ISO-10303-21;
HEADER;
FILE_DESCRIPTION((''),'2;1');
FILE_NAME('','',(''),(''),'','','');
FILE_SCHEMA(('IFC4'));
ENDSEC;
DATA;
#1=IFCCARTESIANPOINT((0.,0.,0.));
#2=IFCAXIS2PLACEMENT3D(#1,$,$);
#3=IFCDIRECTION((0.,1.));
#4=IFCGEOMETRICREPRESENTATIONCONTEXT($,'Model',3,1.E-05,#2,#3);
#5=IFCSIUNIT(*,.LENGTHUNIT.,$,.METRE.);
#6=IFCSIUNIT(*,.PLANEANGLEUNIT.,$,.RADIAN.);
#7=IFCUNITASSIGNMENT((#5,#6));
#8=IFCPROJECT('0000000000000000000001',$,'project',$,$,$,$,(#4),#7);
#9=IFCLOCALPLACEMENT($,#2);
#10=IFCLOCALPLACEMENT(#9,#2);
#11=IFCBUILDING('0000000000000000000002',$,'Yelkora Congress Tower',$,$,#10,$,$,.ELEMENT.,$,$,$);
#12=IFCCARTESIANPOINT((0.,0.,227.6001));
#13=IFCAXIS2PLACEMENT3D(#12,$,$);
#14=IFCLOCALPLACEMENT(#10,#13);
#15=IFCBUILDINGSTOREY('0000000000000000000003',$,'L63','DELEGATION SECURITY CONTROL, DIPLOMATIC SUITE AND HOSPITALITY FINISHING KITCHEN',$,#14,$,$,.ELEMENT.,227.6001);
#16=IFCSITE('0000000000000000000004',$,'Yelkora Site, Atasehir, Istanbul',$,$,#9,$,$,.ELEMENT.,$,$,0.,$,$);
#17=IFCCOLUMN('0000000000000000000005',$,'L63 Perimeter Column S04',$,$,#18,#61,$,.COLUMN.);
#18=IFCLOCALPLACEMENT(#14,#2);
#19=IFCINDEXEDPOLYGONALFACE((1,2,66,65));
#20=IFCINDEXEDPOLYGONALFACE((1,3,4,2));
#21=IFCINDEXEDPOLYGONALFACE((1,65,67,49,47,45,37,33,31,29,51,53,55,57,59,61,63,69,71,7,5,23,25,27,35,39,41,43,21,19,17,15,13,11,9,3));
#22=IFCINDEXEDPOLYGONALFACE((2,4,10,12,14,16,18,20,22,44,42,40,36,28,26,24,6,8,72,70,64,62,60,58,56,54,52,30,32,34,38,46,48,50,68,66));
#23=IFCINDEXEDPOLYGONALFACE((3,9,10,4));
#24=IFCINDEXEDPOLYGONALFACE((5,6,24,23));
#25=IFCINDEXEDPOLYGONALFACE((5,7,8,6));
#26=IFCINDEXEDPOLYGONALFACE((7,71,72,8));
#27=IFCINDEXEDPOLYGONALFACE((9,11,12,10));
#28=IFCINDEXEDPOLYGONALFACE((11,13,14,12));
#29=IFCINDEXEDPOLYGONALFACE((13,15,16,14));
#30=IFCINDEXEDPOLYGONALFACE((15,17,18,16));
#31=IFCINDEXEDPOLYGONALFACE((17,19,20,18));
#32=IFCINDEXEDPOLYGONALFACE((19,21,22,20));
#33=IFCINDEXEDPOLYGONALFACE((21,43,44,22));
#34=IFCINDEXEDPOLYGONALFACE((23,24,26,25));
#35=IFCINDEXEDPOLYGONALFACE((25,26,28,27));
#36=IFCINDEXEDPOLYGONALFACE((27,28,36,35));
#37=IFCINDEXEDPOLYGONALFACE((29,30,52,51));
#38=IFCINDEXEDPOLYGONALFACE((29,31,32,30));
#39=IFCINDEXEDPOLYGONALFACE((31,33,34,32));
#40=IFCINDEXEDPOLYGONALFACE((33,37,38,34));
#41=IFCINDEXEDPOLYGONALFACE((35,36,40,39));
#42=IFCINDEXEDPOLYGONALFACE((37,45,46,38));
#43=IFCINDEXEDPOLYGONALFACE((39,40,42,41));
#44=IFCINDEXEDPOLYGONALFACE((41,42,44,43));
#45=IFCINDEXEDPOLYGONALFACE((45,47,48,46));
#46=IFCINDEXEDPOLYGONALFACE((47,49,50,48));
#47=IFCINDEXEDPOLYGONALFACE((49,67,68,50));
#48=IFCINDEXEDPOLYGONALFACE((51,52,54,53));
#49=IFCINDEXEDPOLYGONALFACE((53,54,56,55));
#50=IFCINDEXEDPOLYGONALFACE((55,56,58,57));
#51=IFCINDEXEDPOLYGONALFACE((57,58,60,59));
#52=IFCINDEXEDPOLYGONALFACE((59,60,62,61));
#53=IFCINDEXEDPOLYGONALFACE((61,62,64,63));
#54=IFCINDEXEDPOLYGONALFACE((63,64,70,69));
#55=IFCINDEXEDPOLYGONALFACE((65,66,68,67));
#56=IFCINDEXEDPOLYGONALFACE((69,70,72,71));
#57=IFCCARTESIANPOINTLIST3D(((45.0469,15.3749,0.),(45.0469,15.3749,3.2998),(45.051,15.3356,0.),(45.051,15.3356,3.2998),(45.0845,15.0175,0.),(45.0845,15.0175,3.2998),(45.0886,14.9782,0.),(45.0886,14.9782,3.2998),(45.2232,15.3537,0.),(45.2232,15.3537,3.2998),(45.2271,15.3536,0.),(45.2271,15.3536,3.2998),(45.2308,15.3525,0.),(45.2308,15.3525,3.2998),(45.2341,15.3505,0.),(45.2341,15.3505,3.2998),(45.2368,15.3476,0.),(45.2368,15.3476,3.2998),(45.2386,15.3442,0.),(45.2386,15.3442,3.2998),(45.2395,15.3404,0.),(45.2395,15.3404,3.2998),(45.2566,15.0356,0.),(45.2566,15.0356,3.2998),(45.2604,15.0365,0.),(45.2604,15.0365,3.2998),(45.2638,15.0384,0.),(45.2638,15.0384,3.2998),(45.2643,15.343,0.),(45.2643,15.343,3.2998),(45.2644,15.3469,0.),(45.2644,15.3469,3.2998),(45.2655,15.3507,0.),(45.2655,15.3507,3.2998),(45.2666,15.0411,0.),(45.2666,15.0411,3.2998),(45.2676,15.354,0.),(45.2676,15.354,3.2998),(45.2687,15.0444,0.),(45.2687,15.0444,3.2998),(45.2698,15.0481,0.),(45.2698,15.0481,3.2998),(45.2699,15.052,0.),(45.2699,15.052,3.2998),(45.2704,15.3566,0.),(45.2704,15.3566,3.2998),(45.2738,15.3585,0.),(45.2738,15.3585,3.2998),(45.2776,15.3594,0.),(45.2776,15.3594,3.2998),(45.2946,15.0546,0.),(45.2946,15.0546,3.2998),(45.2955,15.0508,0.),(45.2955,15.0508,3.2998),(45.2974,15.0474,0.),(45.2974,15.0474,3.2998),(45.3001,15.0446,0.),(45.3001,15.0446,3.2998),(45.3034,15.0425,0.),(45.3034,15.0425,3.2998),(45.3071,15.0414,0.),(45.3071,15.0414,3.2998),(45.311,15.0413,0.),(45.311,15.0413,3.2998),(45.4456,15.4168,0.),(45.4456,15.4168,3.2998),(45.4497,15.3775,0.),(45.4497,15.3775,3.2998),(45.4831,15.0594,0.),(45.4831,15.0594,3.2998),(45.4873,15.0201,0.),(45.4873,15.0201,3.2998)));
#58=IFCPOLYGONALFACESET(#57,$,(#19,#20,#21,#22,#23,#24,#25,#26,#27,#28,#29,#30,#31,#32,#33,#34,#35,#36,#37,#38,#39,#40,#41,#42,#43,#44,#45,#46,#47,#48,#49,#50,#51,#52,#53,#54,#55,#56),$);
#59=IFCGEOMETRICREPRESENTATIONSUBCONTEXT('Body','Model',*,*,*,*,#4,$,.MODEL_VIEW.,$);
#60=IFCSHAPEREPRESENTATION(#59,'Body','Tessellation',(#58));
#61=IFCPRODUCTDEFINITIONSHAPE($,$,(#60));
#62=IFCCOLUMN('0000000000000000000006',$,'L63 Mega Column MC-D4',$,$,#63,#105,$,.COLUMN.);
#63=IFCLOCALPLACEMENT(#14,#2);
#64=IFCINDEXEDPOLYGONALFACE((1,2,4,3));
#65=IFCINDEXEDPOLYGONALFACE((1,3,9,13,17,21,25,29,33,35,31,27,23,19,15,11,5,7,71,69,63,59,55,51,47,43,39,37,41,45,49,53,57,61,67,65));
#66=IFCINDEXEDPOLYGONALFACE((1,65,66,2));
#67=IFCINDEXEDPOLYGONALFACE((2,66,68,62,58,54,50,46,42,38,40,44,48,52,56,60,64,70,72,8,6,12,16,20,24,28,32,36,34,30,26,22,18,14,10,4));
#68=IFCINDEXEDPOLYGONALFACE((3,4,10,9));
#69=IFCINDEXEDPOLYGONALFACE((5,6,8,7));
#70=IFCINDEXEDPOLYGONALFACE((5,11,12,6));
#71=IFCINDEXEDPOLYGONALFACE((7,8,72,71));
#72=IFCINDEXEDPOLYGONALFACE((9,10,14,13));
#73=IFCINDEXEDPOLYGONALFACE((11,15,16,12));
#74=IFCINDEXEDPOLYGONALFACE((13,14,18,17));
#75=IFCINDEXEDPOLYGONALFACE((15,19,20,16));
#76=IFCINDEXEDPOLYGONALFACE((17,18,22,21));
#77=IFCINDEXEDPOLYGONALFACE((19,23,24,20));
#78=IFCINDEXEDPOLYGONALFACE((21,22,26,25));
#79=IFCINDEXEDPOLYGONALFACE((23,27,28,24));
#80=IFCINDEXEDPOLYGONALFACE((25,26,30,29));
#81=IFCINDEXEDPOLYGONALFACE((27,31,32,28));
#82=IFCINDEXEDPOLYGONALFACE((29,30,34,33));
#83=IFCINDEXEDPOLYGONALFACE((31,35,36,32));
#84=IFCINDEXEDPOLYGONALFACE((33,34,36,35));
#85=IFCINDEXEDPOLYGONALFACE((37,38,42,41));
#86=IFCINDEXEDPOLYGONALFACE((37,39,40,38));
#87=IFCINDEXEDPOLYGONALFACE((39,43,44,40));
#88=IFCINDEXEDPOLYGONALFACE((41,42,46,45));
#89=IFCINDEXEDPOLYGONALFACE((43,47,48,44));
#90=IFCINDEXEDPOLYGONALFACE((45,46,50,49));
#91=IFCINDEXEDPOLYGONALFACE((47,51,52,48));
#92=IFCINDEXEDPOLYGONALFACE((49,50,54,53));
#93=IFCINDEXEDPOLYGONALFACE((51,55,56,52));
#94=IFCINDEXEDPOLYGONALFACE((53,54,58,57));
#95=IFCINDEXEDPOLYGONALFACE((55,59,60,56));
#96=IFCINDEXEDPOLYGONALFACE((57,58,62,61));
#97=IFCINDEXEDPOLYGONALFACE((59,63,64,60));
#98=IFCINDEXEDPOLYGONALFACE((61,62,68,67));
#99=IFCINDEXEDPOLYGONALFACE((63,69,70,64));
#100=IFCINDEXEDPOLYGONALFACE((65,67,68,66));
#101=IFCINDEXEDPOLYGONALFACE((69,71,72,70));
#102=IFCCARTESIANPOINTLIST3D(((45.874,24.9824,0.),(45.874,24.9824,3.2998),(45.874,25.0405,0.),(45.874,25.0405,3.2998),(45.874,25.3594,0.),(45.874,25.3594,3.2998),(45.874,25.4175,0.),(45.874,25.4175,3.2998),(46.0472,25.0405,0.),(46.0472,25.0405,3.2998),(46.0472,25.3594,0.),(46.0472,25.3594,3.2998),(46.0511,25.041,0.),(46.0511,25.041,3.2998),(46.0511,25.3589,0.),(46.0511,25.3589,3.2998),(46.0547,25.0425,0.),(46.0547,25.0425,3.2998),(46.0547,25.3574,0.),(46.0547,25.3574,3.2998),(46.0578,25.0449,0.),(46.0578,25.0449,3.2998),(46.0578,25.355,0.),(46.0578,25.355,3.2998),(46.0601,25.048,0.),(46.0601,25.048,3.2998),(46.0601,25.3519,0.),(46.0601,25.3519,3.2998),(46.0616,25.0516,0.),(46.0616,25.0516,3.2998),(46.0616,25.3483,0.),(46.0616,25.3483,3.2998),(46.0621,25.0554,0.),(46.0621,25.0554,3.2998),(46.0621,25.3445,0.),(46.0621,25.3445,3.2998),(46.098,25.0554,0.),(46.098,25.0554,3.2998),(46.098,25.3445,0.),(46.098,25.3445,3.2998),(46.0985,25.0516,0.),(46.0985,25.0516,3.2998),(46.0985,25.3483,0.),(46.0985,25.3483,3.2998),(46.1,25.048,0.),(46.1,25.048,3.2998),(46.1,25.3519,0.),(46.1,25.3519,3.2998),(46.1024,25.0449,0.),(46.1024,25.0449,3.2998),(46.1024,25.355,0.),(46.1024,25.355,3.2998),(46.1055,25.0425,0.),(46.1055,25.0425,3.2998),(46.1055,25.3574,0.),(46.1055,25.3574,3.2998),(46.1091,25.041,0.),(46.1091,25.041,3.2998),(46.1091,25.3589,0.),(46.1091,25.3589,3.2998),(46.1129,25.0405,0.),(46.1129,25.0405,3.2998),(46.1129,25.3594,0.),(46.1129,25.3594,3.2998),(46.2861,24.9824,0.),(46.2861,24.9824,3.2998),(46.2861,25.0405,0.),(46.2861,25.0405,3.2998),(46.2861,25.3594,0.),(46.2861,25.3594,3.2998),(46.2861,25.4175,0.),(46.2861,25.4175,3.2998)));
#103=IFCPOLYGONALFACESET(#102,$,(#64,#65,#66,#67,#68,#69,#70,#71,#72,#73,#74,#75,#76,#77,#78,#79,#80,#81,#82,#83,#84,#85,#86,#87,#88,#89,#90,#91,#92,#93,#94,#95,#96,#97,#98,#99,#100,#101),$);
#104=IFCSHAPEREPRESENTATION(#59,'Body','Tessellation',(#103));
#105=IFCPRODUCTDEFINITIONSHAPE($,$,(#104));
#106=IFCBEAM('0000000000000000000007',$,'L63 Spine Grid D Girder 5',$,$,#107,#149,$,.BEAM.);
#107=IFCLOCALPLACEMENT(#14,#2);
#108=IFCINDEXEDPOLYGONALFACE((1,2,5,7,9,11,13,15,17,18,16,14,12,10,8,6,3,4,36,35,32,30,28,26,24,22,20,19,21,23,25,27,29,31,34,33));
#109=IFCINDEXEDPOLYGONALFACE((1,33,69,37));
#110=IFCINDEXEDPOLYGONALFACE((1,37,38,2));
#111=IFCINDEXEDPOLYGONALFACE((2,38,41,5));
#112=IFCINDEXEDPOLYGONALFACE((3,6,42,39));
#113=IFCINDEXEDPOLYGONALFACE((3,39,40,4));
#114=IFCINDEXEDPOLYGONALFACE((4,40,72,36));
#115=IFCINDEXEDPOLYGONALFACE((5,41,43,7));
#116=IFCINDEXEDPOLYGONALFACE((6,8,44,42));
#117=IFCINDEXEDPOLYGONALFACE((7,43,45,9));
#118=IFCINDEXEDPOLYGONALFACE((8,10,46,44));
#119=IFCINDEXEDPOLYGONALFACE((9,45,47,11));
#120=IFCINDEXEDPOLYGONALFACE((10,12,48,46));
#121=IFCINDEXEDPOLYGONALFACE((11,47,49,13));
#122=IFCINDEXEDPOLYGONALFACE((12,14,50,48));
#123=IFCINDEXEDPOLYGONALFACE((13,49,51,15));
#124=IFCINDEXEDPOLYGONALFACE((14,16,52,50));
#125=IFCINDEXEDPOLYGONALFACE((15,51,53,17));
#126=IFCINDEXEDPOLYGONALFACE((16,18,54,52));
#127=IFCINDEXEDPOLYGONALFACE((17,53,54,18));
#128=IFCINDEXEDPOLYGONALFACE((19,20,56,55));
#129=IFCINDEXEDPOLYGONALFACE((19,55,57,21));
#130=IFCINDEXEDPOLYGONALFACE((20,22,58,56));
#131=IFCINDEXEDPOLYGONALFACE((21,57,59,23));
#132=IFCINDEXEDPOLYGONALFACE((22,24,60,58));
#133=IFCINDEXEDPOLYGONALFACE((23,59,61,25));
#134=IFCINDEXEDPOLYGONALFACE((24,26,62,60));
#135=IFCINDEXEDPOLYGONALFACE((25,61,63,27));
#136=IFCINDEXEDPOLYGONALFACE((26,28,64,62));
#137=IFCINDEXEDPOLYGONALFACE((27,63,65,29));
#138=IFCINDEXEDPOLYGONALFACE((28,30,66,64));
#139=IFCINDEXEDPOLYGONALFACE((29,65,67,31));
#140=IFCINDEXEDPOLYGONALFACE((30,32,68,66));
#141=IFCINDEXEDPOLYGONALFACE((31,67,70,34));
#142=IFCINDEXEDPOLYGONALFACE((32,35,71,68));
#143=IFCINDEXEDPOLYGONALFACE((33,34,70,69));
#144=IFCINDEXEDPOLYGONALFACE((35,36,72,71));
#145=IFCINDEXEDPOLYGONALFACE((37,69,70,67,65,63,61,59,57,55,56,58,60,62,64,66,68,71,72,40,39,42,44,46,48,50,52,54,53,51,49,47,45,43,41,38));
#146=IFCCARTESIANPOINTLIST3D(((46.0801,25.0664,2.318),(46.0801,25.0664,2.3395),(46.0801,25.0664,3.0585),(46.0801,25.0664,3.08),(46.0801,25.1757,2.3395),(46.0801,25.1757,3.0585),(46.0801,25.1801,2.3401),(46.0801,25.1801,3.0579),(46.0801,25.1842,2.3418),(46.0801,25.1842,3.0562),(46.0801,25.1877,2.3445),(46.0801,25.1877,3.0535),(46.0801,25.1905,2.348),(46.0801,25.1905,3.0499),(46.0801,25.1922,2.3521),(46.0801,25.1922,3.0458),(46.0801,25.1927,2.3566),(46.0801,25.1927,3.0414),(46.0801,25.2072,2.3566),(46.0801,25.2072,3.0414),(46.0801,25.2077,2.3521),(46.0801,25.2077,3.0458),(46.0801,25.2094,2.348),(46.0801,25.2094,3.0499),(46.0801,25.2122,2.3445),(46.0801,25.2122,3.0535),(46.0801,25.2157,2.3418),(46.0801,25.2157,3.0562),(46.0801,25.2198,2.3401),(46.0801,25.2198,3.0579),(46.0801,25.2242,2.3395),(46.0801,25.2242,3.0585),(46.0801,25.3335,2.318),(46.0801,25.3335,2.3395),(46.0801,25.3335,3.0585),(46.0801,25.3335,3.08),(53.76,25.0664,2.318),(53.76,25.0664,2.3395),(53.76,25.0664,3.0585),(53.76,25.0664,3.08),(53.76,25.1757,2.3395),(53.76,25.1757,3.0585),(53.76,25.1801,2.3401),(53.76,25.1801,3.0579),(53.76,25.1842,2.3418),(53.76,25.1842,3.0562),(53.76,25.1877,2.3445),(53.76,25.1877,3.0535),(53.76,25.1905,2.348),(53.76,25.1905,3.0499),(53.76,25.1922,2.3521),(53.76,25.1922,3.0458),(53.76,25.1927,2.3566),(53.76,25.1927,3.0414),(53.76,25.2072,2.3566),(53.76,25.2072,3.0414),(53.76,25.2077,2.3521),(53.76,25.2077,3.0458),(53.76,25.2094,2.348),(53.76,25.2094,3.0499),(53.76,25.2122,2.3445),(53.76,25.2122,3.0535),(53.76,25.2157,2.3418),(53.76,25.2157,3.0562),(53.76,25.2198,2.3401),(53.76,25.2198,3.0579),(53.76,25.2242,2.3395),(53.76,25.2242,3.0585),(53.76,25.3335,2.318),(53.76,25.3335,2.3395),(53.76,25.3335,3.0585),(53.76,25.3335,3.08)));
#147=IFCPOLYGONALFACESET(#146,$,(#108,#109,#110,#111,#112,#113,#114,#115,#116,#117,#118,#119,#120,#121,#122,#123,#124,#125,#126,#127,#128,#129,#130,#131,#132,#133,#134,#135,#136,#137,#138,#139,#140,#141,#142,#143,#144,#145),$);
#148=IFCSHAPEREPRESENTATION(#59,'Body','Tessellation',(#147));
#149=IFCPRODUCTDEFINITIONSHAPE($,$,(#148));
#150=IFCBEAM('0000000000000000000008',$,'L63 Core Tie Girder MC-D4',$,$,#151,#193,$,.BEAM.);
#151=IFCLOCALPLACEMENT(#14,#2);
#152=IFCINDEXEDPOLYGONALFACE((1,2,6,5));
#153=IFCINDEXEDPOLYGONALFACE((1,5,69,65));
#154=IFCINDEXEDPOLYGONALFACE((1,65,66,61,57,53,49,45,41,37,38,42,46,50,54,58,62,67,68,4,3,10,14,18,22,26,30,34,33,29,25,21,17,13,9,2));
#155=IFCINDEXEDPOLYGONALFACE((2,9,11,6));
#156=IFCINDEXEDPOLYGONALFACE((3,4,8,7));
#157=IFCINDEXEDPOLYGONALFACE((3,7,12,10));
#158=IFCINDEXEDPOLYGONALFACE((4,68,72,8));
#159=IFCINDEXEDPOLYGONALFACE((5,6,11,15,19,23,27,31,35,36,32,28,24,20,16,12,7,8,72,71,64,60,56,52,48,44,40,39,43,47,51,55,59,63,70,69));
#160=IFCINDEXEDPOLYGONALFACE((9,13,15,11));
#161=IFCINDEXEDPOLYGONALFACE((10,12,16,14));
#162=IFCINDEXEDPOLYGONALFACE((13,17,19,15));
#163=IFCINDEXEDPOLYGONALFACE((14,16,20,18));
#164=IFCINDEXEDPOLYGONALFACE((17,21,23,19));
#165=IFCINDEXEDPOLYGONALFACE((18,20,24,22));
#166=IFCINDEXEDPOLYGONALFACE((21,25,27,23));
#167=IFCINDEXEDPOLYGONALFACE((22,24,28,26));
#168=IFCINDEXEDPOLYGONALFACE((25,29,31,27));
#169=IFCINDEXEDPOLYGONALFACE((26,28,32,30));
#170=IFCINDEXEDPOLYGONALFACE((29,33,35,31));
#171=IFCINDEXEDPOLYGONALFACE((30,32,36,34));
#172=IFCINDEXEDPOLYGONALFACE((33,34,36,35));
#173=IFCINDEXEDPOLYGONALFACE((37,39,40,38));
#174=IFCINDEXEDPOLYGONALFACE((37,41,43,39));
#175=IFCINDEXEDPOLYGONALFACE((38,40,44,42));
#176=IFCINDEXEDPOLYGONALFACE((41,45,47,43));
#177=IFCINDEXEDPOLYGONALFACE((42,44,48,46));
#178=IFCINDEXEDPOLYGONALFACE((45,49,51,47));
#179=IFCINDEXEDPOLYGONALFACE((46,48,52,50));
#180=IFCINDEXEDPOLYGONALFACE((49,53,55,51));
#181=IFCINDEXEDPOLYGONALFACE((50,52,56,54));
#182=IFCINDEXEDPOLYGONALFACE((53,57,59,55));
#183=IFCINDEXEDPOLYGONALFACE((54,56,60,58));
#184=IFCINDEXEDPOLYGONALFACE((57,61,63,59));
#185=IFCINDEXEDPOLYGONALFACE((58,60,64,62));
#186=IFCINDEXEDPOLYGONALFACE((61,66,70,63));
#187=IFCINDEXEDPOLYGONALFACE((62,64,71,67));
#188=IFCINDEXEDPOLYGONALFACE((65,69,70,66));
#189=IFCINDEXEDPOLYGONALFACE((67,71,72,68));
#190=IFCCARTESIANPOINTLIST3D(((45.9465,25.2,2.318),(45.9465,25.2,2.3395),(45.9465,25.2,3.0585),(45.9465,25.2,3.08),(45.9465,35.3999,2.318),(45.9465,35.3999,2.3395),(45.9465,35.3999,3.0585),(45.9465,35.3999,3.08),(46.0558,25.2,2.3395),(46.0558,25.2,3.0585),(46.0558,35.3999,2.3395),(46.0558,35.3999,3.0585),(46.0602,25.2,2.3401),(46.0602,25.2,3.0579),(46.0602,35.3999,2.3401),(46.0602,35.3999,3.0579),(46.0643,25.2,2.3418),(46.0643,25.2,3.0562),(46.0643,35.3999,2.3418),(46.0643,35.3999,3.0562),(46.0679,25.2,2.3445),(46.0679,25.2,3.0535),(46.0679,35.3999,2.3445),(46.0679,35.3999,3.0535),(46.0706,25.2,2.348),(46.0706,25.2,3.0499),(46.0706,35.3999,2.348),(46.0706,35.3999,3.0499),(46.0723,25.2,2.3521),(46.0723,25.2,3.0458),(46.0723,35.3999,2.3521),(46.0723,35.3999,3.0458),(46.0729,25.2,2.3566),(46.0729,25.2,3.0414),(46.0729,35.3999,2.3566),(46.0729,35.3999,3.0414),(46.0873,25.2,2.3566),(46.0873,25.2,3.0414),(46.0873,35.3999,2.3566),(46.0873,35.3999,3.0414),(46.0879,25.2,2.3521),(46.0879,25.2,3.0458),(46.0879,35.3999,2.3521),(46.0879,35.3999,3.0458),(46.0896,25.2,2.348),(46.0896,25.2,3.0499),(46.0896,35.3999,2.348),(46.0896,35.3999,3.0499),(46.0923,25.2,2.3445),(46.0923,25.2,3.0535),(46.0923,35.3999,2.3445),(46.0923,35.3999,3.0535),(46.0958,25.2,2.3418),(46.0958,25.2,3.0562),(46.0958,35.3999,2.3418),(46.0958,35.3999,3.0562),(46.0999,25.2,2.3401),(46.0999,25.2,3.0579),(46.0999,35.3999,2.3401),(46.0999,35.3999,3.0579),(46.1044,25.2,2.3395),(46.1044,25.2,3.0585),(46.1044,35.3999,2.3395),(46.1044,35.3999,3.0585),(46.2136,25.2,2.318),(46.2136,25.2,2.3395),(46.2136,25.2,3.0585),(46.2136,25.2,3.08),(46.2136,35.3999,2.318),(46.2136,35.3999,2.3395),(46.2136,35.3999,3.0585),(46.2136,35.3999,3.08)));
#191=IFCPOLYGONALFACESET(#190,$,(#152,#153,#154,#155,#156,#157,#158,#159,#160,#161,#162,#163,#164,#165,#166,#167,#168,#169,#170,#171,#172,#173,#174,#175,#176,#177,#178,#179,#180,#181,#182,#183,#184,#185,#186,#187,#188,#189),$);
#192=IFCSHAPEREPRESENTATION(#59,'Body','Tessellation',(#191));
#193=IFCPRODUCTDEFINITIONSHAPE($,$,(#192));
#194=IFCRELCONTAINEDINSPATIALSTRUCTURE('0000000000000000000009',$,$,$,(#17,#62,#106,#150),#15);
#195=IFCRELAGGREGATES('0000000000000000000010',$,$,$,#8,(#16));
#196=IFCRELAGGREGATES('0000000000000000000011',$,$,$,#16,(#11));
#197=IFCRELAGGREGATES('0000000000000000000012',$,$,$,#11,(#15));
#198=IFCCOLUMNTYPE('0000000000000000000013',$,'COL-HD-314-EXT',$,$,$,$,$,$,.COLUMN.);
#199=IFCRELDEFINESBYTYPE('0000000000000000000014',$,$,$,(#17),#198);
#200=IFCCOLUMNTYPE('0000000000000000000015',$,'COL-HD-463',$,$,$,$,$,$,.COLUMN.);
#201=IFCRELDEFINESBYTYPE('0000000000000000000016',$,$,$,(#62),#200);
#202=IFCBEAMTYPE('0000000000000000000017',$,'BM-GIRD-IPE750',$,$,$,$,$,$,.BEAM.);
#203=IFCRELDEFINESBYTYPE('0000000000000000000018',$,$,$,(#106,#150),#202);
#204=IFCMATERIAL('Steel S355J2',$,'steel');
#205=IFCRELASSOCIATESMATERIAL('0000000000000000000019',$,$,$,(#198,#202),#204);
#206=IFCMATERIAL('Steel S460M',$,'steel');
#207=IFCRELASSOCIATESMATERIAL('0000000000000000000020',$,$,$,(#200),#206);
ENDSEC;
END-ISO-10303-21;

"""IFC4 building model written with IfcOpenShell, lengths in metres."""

from ifc_helpers import new_model, si_unit, direction, frame, origin, origin_2d, place, context, subcontext, project, spatial, i_section, extrude, material, material_profile, profile_set, type_object, element, save


model = new_model("IFC4")

# Units and contexts
model_context = context("Model", 3, precision=1e-05, world=origin(), true_north=direction((0.0, 1.0)))
body_context = subcontext(model_context, "Body", "Model", "MODEL_VIEW")
ifc_project = project(units=[si_unit("LENGTHUNIT", "METRE"), si_unit("PLANEANGLEUNIT", "RADIAN")], contexts=[model_context])

# Site, building, storey
site_placement = place(None, origin())
site = spatial("IfcSite", under=ifc_project, at=site_placement, Name="Yelkora Site, Atasehir, Istanbul", CompositionType="ELEMENT", RefElevation=0.0)
building_placement = place(site_placement, origin())
building = spatial("IfcBuilding", under=site, at=building_placement, Name="Yelkora Congress Tower", CompositionType="ELEMENT")
storey_placement = place(building_placement, frame((0.0, 0.0, 227.6001)))
storey = spatial("IfcBuildingStorey", under=building, at=storey_placement, Name="L63", Description="DELEGATION SECURITY CONTROL, DIPLOMATIC SUITE AND HOSPITALITY FINISHING KITCHEN", CompositionType="ELEMENT", Elevation=227.6001)

# Columns
ifc_material_1 = material(Name="Steel S355J2", Category="steel")
ifc_material_profile_1 = material_profile(ifc_material_1, i_section(OverallWidth=0.4009, OverallDepth=0.3989, WebThickness=0.0249, FlangeThickness=0.0396, FilletRadius=0.0149, at=origin_2d()), Name="HD 400x314")
ifc_profile_set_1 = profile_set([ifc_material_profile_1], Name="Steel S355J2")
column_type_1 = type_object("IfcColumnType", Name="COL-HD-314-EXT", PredefinedType="COLUMN", material=ifc_profile_set_1)
column_1_placement = place(storey_placement, frame((45.2671, 15.1975, 0.0), z_axis=(0.0, 0.0, 1.0), x_axis=(0.994522, 0.104528, 0.0)))
element("IfcColumn", 1, at=column_1_placement, inside=storey, type_object=column_type_1, Name="L63 Perimeter Column S04", PredefinedType="COLUMN", context=body_context, shape_type="SweptSolid", body=[
    extrude(i_section(OverallWidth=0.4009, OverallDepth=0.3989, WebThickness=0.0249, FlangeThickness=0.0396, FilletRadius=0.0149, at=origin_2d()), origin(), (0.0, 0.0, 1.0), 3.2998),
])
ifc_material_2 = material(Name="Steel S460M", Category="steel")
ifc_material_profile_2 = material_profile(ifc_material_2, i_section(OverallWidth=0.4121, OverallDepth=0.4351, WebThickness=0.0359, FlangeThickness=0.0581, FilletRadius=0.0149, at=origin_2d()), Name="HD 400x463")
ifc_profile_set_2 = profile_set([ifc_material_profile_2], Name="Steel S460M")
column_type_2 = type_object("IfcColumnType", Name="COL-HD-463", PredefinedType="COLUMN", material=ifc_profile_set_2)
column_2_placement = place(storey_placement, frame((46.0801, 25.2, 0.0), z_axis=(0.0, 0.0, 1.0), x_axis=(1.0, 0.0, 0.0)))
element("IfcColumn", 2, at=column_2_placement, inside=storey, type_object=column_type_2, Name="L63 Mega Column MC-D4", PredefinedType="COLUMN", context=body_context, shape_type="SweptSolid", body=[
    extrude(i_section(OverallWidth=0.4121, OverallDepth=0.4351, WebThickness=0.0359, FlangeThickness=0.0581, FilletRadius=0.0149, at=origin_2d()), origin(), (0.0, 0.0, 1.0), 3.2998),
])

# Beams
ifc_material_profile_3 = material_profile(ifc_material_1, i_section(OverallWidth=0.2671, OverallDepth=0.762, WebThickness=0.0144, FlangeThickness=0.0215, FilletRadius=0.0171, at=origin_2d()), Name="IPE 750x173")
ifc_profile_set_3 = profile_set([ifc_material_profile_3], Name="Steel S355J2")
beam_type_1 = type_object("IfcBeamType", Name="BM-GIRD-IPE750", PredefinedType="BEAM", material=ifc_profile_set_3)
beam_1_placement = place(storey_placement, frame((46.0801, 25.2, 2.699), z_axis=(1.0, 0.0, 0.0), x_axis=(0.0, 1.0, 0.0)))
element("IfcBeam", 3, at=beam_1_placement, inside=storey, type_object=beam_type_1, Name="L63 Spine Grid D Girder 5", PredefinedType="BEAM", context=body_context, shape_type="SweptSolid", body=[
    extrude(i_section(OverallWidth=0.2671, OverallDepth=0.762, WebThickness=0.0144, FlangeThickness=0.0215, FilletRadius=0.0171, at=origin_2d()), origin(), (0.0, 0.0, 1.0), 7.6799),
])
beam_2_placement = place(storey_placement, frame((46.0801, 25.2, 2.699), z_axis=(0.0, 1.0, 0.0), x_axis=(-1.0, 0.0, 0.0)))
element("IfcBeam", 4, at=beam_2_placement, inside=storey, type_object=beam_type_1, Name="L63 Core Tie Girder MC-D4", PredefinedType="BEAM", context=body_context, shape_type="SweptSolid", body=[
    extrude(i_section(OverallWidth=0.2671, OverallDepth=0.762, WebThickness=0.0144, FlangeThickness=0.0215, FilletRadius=0.0171, at=origin_2d()), origin(), (0.0, 0.0, 1.0), 10.2),
])

save(model, "model.ifc")
